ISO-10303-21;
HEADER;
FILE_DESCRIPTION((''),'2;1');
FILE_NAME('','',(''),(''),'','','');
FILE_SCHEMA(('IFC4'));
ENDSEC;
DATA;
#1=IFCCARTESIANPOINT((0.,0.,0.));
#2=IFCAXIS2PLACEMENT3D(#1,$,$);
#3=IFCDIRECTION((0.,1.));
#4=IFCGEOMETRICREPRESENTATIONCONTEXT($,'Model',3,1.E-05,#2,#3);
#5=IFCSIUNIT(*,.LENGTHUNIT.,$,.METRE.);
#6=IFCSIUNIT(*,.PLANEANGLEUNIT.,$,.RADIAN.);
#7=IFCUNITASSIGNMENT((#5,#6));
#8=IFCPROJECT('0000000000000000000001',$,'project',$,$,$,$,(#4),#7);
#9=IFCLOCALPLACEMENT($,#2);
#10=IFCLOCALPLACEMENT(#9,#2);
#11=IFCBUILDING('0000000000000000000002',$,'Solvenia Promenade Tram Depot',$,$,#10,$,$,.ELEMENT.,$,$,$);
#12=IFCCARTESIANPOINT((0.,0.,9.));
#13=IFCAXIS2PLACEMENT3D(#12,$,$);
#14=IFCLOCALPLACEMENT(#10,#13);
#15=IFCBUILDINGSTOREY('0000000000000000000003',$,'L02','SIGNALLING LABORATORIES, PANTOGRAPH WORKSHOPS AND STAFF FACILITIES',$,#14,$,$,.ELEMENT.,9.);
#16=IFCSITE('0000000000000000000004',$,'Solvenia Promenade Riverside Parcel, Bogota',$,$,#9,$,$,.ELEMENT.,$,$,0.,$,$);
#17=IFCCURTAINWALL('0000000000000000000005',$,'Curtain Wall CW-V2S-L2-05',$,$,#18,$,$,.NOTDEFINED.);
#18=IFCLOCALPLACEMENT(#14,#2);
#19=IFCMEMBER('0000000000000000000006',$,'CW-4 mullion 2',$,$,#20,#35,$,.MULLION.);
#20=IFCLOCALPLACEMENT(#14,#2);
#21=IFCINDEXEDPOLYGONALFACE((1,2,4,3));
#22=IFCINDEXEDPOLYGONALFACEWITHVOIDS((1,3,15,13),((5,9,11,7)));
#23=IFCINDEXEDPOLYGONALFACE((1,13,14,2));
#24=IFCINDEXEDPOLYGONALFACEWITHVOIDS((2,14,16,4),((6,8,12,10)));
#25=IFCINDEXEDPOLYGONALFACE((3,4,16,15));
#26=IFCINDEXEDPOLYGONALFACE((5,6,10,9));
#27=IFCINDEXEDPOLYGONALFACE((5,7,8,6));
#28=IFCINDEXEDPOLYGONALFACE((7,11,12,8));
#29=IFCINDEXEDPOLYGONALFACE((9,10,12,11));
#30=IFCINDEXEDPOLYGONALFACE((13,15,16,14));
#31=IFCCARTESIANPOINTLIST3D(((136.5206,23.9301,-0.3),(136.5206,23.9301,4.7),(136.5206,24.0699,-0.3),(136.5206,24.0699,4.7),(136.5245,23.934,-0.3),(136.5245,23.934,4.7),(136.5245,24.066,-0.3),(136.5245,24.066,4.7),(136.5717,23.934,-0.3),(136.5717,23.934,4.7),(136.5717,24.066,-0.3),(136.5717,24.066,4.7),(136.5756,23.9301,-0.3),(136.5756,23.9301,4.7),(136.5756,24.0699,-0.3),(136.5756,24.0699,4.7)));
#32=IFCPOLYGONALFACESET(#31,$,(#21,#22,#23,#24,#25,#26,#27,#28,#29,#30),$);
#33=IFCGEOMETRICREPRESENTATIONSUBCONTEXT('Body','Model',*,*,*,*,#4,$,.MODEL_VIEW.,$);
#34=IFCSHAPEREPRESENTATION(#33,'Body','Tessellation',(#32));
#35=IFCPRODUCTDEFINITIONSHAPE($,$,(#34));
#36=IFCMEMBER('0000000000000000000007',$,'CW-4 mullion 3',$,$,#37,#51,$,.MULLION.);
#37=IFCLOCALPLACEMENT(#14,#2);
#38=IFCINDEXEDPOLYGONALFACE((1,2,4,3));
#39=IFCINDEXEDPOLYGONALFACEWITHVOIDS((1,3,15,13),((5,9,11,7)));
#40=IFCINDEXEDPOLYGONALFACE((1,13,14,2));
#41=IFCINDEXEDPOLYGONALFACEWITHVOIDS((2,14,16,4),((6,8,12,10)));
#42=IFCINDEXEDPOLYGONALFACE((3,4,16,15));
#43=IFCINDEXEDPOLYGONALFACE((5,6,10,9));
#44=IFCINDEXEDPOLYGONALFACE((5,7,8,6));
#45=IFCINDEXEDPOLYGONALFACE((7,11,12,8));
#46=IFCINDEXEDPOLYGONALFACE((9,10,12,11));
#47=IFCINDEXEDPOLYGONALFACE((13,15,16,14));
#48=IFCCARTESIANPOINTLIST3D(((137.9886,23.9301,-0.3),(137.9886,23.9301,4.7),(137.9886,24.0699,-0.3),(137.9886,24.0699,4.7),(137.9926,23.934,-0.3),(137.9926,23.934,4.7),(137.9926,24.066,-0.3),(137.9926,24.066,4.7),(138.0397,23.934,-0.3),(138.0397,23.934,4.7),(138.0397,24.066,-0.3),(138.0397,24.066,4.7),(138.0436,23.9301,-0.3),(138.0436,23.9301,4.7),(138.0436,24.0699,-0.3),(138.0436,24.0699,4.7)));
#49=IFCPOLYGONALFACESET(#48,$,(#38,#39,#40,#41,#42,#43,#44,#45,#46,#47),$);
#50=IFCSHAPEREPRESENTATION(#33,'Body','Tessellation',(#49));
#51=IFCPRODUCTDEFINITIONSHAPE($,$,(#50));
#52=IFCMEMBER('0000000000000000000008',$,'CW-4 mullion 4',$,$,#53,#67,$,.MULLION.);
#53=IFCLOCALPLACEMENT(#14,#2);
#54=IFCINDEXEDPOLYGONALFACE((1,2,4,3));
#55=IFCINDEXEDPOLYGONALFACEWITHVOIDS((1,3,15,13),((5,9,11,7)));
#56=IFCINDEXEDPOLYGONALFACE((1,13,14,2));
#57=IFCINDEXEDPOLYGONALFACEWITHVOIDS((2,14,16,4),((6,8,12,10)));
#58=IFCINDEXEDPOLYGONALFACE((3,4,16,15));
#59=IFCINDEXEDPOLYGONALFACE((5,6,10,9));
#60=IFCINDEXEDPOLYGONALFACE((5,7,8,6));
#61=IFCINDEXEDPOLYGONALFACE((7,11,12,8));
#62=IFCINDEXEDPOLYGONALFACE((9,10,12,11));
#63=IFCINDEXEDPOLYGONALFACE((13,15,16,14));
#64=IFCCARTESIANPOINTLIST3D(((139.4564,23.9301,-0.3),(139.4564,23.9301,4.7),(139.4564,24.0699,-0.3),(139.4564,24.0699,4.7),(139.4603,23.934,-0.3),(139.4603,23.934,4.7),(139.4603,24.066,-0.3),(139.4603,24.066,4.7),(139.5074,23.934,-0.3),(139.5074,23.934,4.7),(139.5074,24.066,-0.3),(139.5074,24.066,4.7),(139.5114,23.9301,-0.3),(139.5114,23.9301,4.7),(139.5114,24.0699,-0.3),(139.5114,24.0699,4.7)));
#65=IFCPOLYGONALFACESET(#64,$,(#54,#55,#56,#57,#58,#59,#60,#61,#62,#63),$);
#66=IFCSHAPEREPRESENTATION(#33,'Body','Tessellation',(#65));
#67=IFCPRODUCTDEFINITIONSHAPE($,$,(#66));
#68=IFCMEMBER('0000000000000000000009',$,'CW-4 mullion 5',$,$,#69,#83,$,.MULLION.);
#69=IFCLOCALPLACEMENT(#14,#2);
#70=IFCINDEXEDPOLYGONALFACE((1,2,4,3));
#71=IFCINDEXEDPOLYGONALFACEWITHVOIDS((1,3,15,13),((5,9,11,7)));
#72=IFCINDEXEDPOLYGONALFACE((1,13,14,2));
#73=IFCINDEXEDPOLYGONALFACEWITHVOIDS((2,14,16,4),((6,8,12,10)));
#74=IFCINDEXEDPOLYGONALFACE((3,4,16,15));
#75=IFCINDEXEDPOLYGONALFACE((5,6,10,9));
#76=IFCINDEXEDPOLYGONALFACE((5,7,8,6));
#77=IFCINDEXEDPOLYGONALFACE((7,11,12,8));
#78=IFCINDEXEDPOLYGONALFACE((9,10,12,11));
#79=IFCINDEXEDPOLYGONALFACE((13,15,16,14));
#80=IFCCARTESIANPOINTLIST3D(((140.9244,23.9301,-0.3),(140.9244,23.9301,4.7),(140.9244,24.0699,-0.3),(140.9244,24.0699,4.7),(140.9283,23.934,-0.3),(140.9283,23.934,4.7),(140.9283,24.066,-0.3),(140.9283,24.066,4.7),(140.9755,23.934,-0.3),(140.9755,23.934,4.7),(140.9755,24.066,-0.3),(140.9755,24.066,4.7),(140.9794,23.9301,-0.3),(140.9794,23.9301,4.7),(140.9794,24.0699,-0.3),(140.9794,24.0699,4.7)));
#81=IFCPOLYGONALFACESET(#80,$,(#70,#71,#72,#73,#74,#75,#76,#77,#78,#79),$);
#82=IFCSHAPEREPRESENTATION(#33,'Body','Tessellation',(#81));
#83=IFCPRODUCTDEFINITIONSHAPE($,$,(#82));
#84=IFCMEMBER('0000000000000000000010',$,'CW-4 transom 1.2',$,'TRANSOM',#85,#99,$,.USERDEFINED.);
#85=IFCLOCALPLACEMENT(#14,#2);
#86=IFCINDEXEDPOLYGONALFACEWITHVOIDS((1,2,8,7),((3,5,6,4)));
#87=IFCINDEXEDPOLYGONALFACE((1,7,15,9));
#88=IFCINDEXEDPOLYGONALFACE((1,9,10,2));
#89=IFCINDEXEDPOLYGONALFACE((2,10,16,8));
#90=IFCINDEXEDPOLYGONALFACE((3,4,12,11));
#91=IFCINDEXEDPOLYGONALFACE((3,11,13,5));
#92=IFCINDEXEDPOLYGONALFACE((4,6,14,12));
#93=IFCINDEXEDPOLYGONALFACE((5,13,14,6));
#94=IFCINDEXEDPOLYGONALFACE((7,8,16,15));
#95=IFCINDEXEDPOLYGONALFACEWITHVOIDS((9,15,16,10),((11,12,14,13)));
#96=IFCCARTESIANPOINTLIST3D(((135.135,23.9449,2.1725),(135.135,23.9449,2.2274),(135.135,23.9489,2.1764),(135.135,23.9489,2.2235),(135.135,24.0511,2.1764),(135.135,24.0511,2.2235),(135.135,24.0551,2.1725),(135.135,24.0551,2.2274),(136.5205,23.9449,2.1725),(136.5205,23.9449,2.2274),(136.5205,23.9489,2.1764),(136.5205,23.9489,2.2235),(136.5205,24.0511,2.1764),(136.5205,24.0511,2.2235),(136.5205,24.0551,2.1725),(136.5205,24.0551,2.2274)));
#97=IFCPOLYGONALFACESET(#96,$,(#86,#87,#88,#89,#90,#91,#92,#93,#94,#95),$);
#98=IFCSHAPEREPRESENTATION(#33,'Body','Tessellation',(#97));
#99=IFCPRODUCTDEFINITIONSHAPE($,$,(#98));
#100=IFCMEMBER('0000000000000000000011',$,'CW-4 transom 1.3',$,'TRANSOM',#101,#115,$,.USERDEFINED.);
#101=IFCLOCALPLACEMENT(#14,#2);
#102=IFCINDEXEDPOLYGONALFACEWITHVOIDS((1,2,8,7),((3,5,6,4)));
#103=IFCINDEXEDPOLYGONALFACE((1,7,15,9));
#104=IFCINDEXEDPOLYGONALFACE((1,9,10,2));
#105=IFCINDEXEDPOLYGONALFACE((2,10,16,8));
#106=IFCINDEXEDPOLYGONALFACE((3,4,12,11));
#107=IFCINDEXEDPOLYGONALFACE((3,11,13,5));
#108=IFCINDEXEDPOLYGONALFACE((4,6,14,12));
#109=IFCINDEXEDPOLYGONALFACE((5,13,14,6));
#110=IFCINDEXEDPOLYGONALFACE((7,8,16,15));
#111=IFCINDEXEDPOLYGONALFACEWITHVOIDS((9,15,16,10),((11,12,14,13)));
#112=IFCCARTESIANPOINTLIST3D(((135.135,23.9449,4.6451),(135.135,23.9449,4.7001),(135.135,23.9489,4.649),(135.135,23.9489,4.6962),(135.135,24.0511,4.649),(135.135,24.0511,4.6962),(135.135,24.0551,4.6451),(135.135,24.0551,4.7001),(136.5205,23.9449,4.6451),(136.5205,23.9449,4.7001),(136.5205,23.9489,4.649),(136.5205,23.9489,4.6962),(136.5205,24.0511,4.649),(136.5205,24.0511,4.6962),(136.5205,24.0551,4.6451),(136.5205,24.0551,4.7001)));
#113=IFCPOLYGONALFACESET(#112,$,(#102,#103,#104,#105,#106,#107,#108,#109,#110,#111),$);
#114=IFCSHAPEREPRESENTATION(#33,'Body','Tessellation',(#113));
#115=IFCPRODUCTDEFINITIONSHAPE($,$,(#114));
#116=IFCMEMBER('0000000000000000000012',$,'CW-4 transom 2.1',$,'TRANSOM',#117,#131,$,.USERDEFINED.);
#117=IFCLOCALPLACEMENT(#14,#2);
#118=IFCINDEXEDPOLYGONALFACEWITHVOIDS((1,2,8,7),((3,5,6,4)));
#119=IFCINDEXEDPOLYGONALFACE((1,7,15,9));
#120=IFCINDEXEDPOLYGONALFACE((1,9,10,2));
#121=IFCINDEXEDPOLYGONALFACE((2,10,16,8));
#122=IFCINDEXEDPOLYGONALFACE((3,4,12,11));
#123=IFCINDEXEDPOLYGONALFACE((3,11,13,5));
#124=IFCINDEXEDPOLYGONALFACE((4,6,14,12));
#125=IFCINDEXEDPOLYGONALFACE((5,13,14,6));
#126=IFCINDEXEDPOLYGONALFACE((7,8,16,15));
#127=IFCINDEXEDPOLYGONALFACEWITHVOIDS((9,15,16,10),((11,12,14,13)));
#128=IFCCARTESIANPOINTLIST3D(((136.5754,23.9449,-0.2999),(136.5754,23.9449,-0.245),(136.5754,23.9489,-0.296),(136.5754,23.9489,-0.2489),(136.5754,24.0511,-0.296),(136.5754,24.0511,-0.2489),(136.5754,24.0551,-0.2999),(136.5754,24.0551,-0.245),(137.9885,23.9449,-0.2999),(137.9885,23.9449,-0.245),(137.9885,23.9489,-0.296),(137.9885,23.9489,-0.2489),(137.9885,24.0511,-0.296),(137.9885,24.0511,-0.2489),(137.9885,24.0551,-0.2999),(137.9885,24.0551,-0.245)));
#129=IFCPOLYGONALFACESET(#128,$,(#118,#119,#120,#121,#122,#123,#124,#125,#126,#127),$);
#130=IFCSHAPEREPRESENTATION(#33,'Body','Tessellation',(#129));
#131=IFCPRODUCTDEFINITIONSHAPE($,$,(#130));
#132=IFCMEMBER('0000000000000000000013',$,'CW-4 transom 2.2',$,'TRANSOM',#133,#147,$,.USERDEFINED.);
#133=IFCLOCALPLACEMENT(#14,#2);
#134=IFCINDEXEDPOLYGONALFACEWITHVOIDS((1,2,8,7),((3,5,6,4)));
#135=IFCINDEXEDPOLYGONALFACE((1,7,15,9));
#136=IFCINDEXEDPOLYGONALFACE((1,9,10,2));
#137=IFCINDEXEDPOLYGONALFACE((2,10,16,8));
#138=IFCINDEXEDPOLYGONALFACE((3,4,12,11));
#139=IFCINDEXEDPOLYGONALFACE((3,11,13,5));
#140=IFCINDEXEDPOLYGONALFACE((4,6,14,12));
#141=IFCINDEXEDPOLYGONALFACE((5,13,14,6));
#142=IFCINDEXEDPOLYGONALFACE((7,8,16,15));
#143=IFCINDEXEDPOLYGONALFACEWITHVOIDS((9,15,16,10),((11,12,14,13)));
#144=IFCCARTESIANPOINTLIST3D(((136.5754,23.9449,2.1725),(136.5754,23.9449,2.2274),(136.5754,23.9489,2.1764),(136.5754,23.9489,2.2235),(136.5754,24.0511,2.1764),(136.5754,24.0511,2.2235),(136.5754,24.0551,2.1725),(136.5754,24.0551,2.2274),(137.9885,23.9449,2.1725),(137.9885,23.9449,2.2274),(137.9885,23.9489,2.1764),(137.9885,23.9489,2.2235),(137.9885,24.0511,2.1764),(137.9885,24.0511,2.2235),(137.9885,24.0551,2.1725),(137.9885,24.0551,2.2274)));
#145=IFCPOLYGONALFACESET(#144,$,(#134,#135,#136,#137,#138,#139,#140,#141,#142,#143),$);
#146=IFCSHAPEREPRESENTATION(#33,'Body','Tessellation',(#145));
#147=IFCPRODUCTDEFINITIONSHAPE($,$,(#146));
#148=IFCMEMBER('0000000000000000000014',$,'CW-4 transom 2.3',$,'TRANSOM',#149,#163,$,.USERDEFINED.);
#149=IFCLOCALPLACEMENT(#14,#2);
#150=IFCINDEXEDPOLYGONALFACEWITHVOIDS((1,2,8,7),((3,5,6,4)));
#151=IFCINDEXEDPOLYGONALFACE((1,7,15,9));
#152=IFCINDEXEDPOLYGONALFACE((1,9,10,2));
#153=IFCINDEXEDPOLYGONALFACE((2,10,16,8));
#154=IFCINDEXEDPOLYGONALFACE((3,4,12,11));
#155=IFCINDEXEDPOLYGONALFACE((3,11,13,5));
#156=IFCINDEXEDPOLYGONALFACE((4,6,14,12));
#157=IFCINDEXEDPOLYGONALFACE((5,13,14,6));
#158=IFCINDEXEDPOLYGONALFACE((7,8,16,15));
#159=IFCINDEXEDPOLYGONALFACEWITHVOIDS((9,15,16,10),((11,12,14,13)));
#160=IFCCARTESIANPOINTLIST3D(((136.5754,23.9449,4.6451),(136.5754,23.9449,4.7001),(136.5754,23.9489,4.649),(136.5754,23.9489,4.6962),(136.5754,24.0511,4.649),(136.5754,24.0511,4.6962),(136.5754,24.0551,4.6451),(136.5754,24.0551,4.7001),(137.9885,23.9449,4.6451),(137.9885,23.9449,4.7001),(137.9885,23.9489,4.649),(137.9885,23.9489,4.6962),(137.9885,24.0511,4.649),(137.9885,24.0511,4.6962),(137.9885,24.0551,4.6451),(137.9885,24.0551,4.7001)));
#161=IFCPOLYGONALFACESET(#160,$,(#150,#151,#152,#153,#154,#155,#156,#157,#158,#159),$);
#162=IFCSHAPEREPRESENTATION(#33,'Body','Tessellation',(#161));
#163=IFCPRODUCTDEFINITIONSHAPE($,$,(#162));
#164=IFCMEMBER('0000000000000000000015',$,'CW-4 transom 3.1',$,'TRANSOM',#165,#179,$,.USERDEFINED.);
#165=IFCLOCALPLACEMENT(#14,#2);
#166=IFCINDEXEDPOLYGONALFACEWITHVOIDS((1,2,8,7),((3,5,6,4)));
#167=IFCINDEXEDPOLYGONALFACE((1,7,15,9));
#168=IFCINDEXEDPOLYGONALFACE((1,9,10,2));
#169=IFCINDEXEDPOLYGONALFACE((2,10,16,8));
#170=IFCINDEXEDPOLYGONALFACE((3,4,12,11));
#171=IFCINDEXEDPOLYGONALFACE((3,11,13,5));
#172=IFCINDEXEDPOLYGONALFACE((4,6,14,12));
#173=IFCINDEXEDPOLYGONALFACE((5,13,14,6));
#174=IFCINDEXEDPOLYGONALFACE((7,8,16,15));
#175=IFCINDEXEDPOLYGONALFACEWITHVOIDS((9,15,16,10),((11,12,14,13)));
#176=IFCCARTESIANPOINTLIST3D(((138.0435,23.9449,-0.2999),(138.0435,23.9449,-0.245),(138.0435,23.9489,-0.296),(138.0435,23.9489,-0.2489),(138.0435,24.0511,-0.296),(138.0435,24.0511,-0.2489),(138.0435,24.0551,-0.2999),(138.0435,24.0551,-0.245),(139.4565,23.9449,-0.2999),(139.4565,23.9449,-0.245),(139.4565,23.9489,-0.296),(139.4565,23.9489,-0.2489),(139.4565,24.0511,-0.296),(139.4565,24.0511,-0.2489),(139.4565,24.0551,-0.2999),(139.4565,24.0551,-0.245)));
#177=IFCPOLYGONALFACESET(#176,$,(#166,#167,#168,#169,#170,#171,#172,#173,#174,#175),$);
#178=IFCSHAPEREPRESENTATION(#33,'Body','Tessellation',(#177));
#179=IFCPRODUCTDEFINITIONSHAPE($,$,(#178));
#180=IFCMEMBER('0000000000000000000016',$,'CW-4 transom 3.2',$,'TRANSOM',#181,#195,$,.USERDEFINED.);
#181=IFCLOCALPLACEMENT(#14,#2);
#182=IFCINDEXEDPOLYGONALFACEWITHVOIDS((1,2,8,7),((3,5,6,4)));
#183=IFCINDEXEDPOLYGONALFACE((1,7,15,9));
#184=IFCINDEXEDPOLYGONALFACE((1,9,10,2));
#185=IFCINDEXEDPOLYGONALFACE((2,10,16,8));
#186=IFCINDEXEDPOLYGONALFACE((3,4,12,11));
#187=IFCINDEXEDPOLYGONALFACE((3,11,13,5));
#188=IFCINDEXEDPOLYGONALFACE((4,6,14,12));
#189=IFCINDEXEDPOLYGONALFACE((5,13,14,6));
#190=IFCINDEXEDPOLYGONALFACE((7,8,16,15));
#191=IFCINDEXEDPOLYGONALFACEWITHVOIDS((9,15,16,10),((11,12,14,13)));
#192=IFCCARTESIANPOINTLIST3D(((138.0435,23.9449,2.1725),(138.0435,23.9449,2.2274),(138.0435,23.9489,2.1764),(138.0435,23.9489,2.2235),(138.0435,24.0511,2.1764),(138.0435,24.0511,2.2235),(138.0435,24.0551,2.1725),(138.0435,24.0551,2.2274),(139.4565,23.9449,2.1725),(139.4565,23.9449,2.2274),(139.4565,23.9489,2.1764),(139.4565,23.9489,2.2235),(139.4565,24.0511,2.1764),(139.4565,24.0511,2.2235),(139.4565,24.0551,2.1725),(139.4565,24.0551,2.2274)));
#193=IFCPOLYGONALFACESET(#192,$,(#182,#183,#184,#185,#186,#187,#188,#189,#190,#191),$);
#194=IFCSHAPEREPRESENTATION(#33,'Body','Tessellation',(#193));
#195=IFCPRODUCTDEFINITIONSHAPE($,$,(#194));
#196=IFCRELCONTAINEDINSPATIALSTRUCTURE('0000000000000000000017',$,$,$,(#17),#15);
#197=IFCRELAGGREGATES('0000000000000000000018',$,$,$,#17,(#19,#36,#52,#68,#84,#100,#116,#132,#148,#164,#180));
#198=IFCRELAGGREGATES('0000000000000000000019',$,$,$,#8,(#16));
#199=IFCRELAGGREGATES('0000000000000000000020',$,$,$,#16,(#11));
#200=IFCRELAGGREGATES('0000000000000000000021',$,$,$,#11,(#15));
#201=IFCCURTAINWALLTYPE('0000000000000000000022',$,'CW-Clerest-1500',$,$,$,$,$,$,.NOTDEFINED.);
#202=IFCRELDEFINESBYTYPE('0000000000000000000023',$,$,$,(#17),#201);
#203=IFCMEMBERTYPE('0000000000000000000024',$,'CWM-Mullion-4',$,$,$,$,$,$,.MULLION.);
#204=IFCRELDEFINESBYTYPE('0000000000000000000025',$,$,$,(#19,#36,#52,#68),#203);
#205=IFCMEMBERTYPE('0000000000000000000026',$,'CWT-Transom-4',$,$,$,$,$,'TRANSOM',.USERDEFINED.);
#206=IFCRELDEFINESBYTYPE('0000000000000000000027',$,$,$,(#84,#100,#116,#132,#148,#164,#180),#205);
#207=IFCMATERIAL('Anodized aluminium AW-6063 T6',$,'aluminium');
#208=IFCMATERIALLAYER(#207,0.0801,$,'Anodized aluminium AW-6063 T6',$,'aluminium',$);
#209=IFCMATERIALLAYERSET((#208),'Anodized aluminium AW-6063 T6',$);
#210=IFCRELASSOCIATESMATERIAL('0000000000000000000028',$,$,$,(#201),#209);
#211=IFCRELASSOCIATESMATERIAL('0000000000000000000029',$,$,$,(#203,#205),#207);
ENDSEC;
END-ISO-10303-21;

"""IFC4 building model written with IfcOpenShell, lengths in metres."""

from ifc_helpers import new_model, si_unit, direction, frame, origin, origin_2d, place, context, subcontext, project, spatial, hollow_rectangle, extrude, material, layer, layer_set, material_profile, profile_set, type_object, element, aggregate, save


model = new_model("IFC4")

# Units and contexts
model_context = context("Model", 3, precision=1e-05, world=origin(), true_north=direction((0.0, 1.0)))
body_context = subcontext(model_context, "Body", "Model", "MODEL_VIEW")
ifc_project = project(units=[si_unit("LENGTHUNIT", "METRE"), si_unit("PLANEANGLEUNIT", "RADIAN")], contexts=[model_context])

# Site, building, storey
site_placement = place(None, origin())
site = spatial("IfcSite", under=ifc_project, at=site_placement, Name="Solvenia Promenade Riverside Parcel, Bogota", CompositionType="ELEMENT", RefElevation=0.0)
building_placement = place(site_placement, origin())
building = spatial("IfcBuilding", under=site, at=building_placement, Name="Solvenia Promenade Tram Depot", CompositionType="ELEMENT")
storey_placement = place(building_placement, frame((0.0, 0.0, 9.0)))
storey = spatial("IfcBuildingStorey", under=building, at=storey_placement, Name="L02", Description="SIGNALLING LABORATORIES, PANTOGRAPH WORKSHOPS AND STAFF FACILITIES", CompositionType="ELEMENT", Elevation=9.0)

# Curtain wall, members
ifc_material_1 = material(Name="Anodized aluminium AW-6063 T6", Category="aluminium")
ifc_layer_1 = layer(ifc_material_1, 0.0801, Name="Anodized aluminium AW-6063 T6", Category="aluminium")
ifc_layer_set_1 = layer_set([ifc_layer_1], Name="Anodized aluminium AW-6063 T6")
curtain_wall_type = type_object("IfcCurtainWallType", Name="CW-Clerest-1500", PredefinedType="NOTDEFINED", material=ifc_layer_set_1)
curtain_wall_placement = place(storey_placement, origin())
curtain_wall = element("IfcCurtainWall", 1, at=curtain_wall_placement, inside=storey, type_object=curtain_wall_type, Name="Curtain Wall CW-V2S-L2-05", PredefinedType="NOTDEFINED")
ifc_material_profile_1 = material_profile(ifc_material_1, hollow_rectangle(XDim=0.1399, YDim=0.0549, WallThickness=0.0039, at=origin_2d()), Name="ALU-M4", Category="aluminium")
ifc_profile_set_1 = profile_set([ifc_material_profile_1], Name="Anodized aluminium AW-6063 T6")
member_type_1 = type_object("IfcMemberType", Name="CWM-Mullion-4", PredefinedType="MULLION", material=ifc_profile_set_1)
member_1_placement = place(storey_placement, frame((136.5481, 24.0, -0.3), z_axis=(0.0, 0.0, 1.0), x_axis=(0.0, 1.0, 0.0)))
member_1 = element("IfcMember", 2, at=member_1_placement, type_object=member_type_1, Name="CW-4 mullion 2", PredefinedType="MULLION", context=body_context, shape_type="SweptSolid", body=[
    extrude(hollow_rectangle(XDim=0.1399, YDim=0.0549, WallThickness=0.0039, at=origin_2d()), origin(), (0.0, 0.0, 1.0), 5.0),
])
member_2_placement = place(storey_placement, frame((138.0161, 24.0, -0.3), z_axis=(0.0, 0.0, 1.0), x_axis=(0.0, 1.0, 0.0)))
member_2 = element("IfcMember", 3, at=member_2_placement, type_object=member_type_1, Name="CW-4 mullion 3", PredefinedType="MULLION", context=body_context, shape_type="SweptSolid", body=[
    extrude(hollow_rectangle(XDim=0.1399, YDim=0.0549, WallThickness=0.0039, at=origin_2d()), origin(), (0.0, 0.0, 1.0), 5.0),
])
member_3_placement = place(storey_placement, frame((139.4839, 24.0, -0.3), z_axis=(0.0, 0.0, 1.0), x_axis=(0.0, 1.0, 0.0)))
member_3 = element("IfcMember", 4, at=member_3_placement, type_object=member_type_1, Name="CW-4 mullion 4", PredefinedType="MULLION", context=body_context, shape_type="SweptSolid", body=[
    extrude(hollow_rectangle(XDim=0.1399, YDim=0.0549, WallThickness=0.0039, at=origin_2d()), origin(), (0.0, 0.0, 1.0), 5.0),
])
member_4_placement = place(storey_placement, frame((140.9519, 24.0, -0.3), z_axis=(0.0, 0.0, 1.0), x_axis=(0.0, 1.0, 0.0)))
member_4 = element("IfcMember", 5, at=member_4_placement, type_object=member_type_1, Name="CW-4 mullion 5", PredefinedType="MULLION", context=body_context, shape_type="SweptSolid", body=[
    extrude(hollow_rectangle(XDim=0.1399, YDim=0.0549, WallThickness=0.0039, at=origin_2d()), origin(), (0.0, 0.0, 1.0), 5.0),
])
ifc_material_profile_2 = material_profile(ifc_material_1, hollow_rectangle(XDim=0.1101, YDim=0.0549, WallThickness=0.0039, at=origin_2d()), Name="ALU-T4", Category="aluminium")
ifc_profile_set_2 = profile_set([ifc_material_profile_2], Name="Anodized aluminium AW-6063 T6")
member_type_2 = type_object("IfcMemberType", Name="CWT-Transom-4", ElementType="TRANSOM", PredefinedType="USERDEFINED", material=ifc_profile_set_2)
member_5_placement = place(storey_placement, frame((135.135, 24.0, 2.2), z_axis=(1.0, 0.0, 0.0), x_axis=(0.0, 1.0, 0.0)))
member_5 = element("IfcMember", 6, at=member_5_placement, type_object=member_type_2, Name="CW-4 transom 1.2", ObjectType="TRANSOM", PredefinedType="USERDEFINED", context=body_context, shape_type="SweptSolid", body=[
    extrude(hollow_rectangle(XDim=0.1101, YDim=0.0549, WallThickness=0.0039, at=origin_2d()), origin(), (0.0, 0.0, 1.0), 1.3855),
])
member_6_placement = place(storey_placement, frame((135.135, 24.0, 4.6726), z_axis=(1.0, 0.0, 0.0), x_axis=(0.0, 1.0, 0.0)))
member_6 = element("IfcMember", 7, at=member_6_placement, type_object=member_type_2, Name="CW-4 transom 1.3", ObjectType="TRANSOM", PredefinedType="USERDEFINED", context=body_context, shape_type="SweptSolid", body=[
    extrude(hollow_rectangle(XDim=0.1101, YDim=0.0549, WallThickness=0.0039, at=origin_2d()), origin(), (0.0, 0.0, 1.0), 1.3855),
])
member_7_placement = place(storey_placement, frame((136.5754, 24.0, -0.2725), z_axis=(1.0, 0.0, 0.0), x_axis=(0.0, 1.0, 0.0)))
member_7 = element("IfcMember", 8, at=member_7_placement, type_object=member_type_2, Name="CW-4 transom 2.1", ObjectType="TRANSOM", PredefinedType="USERDEFINED", context=body_context, shape_type="SweptSolid", body=[
    extrude(hollow_rectangle(XDim=0.1101, YDim=0.0549, WallThickness=0.0039, at=origin_2d()), origin(), (0.0, 0.0, 1.0), 1.4131),
])
member_8_placement = place(storey_placement, frame((136.5754, 24.0, 2.2), z_axis=(1.0, 0.0, 0.0), x_axis=(0.0, 1.0, 0.0)))
member_8 = element("IfcMember", 9, at=member_8_placement, type_object=member_type_2, Name="CW-4 transom 2.2", ObjectType="TRANSOM", PredefinedType="USERDEFINED", context=body_context, shape_type="SweptSolid", body=[
    extrude(hollow_rectangle(XDim=0.1101, YDim=0.0549, WallThickness=0.0039, at=origin_2d()), origin(), (0.0, 0.0, 1.0), 1.4131),
])
member_9_placement = place(storey_placement, frame((136.5754, 24.0, 4.6726), z_axis=(1.0, 0.0, 0.0), x_axis=(0.0, 1.0, 0.0)))
member_9 = element("IfcMember", 10, at=member_9_placement, type_object=member_type_2, Name="CW-4 transom 2.3", ObjectType="TRANSOM", PredefinedType="USERDEFINED", context=body_context, shape_type="SweptSolid", body=[
    extrude(hollow_rectangle(XDim=0.1101, YDim=0.0549, WallThickness=0.0039, at=origin_2d()), origin(), (0.0, 0.0, 1.0), 1.4131),
])
member_10_placement = place(storey_placement, frame((138.0435, 24.0, -0.2725), z_axis=(1.0, 0.0, 0.0), x_axis=(0.0, 1.0, 0.0)))
member_10 = element("IfcMember", 11, at=member_10_placement, type_object=member_type_2, Name="CW-4 transom 3.1", ObjectType="TRANSOM", PredefinedType="USERDEFINED", context=body_context, shape_type="SweptSolid", body=[
    extrude(hollow_rectangle(XDim=0.1101, YDim=0.0549, WallThickness=0.0039, at=origin_2d()), origin(), (0.0, 0.0, 1.0), 1.4131),
])
member_11_placement = place(storey_placement, frame((138.0435, 24.0, 2.2), z_axis=(1.0, 0.0, 0.0), x_axis=(0.0, 1.0, 0.0)))
member_11 = element("IfcMember", 12, at=member_11_placement, type_object=member_type_2, Name="CW-4 transom 3.2", ObjectType="TRANSOM", PredefinedType="USERDEFINED", context=body_context, shape_type="SweptSolid", body=[
    extrude(hollow_rectangle(XDim=0.1101, YDim=0.0549, WallThickness=0.0039, at=origin_2d()), origin(), (0.0, 0.0, 1.0), 1.4131),
])

aggregate(curtain_wall, [member_1, member_2, member_3, member_4, member_5, member_6, member_7, member_8, member_9, member_10, member_11])

save(model, "model.ifc")
